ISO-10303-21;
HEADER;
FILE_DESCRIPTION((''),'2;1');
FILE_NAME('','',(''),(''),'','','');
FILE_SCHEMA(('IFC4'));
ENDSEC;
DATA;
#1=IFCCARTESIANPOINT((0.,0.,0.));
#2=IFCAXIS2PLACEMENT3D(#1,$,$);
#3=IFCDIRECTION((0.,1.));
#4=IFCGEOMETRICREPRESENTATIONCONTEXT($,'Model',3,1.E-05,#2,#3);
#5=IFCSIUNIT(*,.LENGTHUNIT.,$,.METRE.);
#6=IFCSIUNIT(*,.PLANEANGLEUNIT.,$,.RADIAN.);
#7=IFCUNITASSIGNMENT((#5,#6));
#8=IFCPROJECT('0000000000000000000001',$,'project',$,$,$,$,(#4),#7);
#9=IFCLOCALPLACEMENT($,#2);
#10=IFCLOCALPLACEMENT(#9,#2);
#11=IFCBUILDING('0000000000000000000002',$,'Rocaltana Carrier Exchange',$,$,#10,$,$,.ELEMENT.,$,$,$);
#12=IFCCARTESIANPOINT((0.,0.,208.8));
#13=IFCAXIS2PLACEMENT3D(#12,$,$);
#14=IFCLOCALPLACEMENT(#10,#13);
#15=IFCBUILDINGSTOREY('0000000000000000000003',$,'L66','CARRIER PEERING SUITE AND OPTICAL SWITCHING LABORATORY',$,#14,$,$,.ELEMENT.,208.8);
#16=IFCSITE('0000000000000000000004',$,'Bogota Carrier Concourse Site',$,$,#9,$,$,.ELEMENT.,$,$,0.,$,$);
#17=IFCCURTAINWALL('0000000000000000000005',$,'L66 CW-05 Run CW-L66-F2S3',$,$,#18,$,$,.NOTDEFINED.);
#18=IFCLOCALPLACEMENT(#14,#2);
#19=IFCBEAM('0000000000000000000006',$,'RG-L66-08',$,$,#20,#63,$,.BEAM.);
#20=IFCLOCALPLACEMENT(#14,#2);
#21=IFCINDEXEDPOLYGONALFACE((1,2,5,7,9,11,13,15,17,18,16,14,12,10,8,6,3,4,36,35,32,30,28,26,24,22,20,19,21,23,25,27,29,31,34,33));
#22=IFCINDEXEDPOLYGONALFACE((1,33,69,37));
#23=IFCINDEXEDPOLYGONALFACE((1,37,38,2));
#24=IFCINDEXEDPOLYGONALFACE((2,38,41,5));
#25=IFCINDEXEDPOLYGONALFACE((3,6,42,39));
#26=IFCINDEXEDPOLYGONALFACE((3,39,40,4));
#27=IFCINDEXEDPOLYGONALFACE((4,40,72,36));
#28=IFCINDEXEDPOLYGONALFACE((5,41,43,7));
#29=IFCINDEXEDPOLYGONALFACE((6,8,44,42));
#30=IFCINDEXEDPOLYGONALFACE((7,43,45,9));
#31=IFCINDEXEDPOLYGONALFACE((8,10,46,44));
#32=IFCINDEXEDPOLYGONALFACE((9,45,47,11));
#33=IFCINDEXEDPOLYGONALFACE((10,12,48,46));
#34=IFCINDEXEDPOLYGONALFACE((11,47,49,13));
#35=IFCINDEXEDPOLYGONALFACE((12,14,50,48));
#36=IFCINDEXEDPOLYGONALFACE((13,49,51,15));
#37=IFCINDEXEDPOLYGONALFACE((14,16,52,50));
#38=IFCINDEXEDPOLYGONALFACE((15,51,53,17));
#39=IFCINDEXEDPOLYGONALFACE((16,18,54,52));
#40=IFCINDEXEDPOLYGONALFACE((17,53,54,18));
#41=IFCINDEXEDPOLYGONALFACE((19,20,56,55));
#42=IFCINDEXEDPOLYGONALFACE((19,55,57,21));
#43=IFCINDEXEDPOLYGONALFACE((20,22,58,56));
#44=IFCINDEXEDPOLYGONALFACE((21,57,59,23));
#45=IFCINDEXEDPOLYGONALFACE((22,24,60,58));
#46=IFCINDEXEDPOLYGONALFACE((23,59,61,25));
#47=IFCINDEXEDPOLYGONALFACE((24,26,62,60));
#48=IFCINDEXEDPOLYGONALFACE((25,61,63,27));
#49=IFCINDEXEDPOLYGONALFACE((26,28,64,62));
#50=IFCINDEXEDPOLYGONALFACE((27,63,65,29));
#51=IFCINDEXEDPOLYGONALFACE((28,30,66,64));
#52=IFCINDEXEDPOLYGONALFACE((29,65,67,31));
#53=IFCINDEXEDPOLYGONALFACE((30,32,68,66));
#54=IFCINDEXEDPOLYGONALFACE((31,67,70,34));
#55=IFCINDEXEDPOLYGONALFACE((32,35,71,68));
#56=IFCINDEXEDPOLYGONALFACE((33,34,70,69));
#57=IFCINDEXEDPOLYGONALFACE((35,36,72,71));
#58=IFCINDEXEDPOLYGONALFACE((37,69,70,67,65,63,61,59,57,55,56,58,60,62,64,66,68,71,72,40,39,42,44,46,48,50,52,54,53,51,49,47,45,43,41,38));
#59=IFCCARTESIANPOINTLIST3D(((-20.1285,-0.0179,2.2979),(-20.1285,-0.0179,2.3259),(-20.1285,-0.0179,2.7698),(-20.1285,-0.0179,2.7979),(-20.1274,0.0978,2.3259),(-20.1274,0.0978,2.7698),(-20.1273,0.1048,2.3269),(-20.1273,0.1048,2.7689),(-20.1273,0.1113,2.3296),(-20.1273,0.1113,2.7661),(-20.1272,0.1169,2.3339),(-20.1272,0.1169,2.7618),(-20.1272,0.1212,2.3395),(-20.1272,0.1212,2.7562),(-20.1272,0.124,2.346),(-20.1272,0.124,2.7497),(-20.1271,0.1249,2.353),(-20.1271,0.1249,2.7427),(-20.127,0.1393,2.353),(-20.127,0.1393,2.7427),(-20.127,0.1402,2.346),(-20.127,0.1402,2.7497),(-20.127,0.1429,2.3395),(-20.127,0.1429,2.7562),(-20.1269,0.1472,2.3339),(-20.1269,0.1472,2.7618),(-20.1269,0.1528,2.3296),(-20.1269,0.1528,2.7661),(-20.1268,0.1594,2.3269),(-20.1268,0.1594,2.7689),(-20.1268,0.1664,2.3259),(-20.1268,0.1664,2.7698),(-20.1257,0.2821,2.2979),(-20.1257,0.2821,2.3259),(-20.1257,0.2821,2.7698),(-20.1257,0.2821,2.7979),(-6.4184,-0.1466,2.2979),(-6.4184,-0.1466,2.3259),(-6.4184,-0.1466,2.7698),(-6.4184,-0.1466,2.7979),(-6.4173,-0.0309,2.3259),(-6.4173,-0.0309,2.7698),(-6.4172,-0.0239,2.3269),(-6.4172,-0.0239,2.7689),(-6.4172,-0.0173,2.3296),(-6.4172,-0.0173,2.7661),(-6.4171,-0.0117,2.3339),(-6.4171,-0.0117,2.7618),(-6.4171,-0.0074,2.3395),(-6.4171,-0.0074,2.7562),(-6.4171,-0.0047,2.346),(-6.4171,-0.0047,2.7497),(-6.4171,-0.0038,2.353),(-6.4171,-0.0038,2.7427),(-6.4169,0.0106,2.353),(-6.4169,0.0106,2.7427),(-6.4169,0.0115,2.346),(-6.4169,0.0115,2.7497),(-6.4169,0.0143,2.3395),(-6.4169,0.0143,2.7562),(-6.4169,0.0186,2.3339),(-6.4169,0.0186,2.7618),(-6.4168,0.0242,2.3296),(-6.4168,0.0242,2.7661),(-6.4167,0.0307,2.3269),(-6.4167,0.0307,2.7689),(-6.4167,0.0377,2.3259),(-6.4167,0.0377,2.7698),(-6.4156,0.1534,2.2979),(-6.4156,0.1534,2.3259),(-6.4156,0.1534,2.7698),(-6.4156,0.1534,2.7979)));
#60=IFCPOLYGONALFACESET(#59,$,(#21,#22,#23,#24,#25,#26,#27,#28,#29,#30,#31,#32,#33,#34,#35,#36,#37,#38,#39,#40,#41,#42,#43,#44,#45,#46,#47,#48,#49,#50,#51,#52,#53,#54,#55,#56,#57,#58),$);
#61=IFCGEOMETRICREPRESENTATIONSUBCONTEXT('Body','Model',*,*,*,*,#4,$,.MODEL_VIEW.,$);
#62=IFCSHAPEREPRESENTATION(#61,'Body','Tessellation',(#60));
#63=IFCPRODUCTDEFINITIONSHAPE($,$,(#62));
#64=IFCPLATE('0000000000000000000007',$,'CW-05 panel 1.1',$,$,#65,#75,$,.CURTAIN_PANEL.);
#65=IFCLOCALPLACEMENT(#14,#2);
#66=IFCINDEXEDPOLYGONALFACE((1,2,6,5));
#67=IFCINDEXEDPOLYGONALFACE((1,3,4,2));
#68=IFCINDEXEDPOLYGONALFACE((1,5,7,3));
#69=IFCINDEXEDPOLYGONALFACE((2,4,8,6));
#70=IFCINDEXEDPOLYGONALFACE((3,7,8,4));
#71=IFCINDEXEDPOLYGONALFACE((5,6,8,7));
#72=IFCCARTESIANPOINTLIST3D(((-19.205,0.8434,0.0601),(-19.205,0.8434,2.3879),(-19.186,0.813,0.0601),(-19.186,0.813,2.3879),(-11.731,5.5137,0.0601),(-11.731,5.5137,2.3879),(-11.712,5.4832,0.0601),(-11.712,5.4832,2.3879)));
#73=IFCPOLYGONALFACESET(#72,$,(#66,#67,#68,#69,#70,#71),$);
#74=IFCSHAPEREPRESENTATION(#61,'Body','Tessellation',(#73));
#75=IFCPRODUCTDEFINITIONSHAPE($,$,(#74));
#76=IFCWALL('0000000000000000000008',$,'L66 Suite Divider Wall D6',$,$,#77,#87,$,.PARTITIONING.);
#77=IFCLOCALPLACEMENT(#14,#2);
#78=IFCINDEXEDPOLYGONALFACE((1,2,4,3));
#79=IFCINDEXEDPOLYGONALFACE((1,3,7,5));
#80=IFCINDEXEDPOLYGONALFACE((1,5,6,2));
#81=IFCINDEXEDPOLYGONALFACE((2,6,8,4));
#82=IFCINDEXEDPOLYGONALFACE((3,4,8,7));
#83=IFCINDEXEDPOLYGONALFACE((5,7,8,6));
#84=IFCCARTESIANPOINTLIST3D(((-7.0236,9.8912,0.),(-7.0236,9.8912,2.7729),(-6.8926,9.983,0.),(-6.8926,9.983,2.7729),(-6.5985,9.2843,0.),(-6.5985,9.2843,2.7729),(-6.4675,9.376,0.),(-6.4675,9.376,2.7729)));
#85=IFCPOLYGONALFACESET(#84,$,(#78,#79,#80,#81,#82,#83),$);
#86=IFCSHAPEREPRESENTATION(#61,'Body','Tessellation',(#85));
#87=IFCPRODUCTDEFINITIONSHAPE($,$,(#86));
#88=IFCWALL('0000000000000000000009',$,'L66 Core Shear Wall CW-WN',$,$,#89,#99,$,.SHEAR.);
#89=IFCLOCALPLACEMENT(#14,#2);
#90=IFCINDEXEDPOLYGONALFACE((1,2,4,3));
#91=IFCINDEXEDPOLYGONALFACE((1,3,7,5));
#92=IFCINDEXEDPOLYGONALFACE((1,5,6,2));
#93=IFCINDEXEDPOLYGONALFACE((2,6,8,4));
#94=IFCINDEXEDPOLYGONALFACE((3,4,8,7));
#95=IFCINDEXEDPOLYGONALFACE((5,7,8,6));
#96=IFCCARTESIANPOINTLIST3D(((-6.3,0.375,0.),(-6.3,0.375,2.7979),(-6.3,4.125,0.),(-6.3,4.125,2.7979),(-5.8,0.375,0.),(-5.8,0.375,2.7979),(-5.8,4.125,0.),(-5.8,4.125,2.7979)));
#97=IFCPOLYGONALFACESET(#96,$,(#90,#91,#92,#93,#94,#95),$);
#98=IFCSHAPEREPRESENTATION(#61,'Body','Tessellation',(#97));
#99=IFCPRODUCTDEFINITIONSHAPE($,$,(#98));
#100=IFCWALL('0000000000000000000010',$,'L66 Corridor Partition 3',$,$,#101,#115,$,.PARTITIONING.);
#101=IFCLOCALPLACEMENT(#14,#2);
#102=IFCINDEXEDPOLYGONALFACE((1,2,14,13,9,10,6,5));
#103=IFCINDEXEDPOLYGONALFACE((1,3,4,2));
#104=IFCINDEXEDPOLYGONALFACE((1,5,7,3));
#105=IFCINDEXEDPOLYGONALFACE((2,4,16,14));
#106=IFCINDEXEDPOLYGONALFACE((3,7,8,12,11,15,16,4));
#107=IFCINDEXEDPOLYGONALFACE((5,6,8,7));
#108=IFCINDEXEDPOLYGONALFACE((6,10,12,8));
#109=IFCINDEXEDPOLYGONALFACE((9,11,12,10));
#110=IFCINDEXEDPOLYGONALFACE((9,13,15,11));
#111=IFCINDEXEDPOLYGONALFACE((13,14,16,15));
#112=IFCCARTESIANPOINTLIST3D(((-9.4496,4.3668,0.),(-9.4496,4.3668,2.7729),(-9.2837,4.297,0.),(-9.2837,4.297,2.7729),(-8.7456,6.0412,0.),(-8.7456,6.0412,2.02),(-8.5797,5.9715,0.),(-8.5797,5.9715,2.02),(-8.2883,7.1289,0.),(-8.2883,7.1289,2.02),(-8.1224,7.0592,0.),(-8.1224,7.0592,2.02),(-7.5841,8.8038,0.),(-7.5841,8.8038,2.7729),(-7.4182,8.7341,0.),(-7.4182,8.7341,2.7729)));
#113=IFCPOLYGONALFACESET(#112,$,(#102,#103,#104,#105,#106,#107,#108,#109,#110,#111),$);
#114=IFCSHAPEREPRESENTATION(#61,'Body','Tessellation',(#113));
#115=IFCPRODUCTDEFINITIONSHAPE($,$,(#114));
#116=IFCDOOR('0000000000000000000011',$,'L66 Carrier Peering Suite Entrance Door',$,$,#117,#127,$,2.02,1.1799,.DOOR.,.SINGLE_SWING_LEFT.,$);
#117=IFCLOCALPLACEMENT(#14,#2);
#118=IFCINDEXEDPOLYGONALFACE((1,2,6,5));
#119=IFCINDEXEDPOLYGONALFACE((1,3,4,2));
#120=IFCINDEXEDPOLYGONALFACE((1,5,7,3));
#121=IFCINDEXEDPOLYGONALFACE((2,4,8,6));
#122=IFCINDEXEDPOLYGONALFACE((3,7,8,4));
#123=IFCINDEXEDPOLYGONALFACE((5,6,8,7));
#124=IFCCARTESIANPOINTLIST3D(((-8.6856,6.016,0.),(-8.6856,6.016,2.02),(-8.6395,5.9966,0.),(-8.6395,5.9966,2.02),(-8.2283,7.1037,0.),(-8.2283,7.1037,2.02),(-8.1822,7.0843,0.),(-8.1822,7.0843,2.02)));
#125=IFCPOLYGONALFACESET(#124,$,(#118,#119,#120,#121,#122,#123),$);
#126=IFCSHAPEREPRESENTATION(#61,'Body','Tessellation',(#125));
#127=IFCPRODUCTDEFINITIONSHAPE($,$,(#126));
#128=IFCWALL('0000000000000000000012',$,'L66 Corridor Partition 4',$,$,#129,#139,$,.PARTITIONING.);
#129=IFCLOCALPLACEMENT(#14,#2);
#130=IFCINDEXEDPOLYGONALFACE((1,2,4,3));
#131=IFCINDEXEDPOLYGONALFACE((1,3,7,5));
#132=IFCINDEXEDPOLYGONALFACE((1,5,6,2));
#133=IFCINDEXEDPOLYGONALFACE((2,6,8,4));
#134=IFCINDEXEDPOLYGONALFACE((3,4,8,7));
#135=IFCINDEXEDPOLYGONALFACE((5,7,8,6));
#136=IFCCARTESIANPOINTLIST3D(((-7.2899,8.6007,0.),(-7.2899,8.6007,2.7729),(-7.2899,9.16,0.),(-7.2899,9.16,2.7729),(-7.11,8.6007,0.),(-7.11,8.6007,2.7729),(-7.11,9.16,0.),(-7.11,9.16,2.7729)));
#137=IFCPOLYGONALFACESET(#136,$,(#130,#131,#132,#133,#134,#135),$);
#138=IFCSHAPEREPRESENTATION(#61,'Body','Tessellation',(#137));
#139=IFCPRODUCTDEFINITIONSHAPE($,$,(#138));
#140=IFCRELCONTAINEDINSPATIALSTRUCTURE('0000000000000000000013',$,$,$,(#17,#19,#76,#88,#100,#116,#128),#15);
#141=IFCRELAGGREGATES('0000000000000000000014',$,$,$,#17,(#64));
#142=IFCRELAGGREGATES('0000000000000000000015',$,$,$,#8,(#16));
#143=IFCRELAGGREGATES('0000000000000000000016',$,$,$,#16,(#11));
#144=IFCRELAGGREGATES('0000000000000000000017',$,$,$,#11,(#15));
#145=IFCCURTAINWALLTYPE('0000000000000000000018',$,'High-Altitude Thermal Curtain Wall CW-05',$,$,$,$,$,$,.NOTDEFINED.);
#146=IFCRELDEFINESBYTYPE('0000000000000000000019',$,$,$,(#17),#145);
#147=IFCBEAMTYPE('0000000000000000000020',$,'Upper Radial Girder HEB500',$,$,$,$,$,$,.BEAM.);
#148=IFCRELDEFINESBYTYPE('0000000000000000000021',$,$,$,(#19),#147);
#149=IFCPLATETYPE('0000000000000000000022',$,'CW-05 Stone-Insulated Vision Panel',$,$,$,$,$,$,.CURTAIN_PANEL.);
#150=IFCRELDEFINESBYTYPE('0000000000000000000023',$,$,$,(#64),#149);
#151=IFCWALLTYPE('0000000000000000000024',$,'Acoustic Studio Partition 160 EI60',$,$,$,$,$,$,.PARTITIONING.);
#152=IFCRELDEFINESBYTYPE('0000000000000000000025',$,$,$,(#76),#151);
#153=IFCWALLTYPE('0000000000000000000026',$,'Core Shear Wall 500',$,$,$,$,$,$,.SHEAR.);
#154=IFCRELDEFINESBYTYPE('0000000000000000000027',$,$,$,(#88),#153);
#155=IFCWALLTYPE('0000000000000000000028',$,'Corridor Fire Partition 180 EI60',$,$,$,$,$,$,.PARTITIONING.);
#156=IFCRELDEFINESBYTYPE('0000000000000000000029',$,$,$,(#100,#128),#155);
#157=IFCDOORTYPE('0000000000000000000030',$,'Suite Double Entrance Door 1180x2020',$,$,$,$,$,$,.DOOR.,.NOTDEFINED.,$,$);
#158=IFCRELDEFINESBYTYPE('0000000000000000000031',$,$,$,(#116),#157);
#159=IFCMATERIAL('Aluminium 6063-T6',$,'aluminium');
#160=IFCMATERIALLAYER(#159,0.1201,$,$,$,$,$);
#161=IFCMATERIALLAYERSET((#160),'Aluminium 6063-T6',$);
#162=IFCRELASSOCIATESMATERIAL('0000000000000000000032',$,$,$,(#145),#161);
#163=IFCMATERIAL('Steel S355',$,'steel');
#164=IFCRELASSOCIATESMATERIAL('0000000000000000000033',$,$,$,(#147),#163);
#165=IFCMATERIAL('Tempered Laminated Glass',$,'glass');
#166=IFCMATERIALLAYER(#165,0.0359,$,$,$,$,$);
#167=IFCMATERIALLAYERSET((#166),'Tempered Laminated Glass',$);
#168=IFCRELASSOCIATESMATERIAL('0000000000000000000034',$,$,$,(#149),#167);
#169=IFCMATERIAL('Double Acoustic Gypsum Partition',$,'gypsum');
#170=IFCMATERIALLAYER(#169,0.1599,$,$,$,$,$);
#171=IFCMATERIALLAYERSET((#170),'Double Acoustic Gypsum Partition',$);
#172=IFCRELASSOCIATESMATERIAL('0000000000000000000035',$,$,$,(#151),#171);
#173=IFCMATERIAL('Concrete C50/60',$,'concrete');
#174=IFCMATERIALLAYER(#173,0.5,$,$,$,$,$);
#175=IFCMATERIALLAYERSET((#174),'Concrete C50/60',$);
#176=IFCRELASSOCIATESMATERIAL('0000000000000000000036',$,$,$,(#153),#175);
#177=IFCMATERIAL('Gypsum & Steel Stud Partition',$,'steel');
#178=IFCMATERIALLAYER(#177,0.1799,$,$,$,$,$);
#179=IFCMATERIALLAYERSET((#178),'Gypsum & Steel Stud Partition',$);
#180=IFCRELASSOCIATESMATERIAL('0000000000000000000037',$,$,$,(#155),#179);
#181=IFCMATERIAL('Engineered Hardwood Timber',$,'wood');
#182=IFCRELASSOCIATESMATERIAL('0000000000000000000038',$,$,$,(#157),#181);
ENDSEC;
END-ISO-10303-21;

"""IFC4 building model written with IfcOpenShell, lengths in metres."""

from ifc_helpers import new_model, si_unit, direction, frame, frame_2d, origin, origin_2d, place, context, subcontext, project, spatial, rectangle, i_section, extrude, material, layer, layer_set, material_profile, profile_set, type_object, element, fill, aggregate, save


model = new_model("IFC4")

# Units and contexts
model_context = context("Model", 3, precision=1e-05, world=origin(), true_north=direction((0.0, 1.0)))
body_context = subcontext(model_context, "Body", "Model", "MODEL_VIEW")
ifc_project = project(units=[si_unit("LENGTHUNIT", "METRE"), si_unit("PLANEANGLEUNIT", "RADIAN")], contexts=[model_context])

# Site, building, storey
site_placement = place(None, origin())
site = spatial("IfcSite", under=ifc_project, at=site_placement, Name="Bogota Carrier Concourse Site", CompositionType="ELEMENT", RefElevation=0.0)
building_placement = place(site_placement, origin())
building = spatial("IfcBuilding", under=site, at=building_placement, Name="Rocaltana Carrier Exchange", CompositionType="ELEMENT")
storey_placement = place(building_placement, frame((0.0, 0.0, 208.8)))
storey = spatial("IfcBuildingStorey", under=building, at=storey_placement, Name="L66", Description="CARRIER PEERING SUITE AND OPTICAL SWITCHING LABORATORY", CompositionType="ELEMENT", Elevation=208.8)

# Shared definitions
ifc_material_1 = material(Name="Aluminium 6063-T6", Category="aluminium")
ifc_layer_1 = layer(ifc_material_1, 0.1201)
ifc_layer_set_1 = layer_set([ifc_layer_1], Name="Aluminium 6063-T6")
curtain_wall_type = type_object("IfcCurtainWallType", Name="High-Altitude Thermal Curtain Wall CW-05", PredefinedType="NOTDEFINED", material=ifc_layer_set_1)

# Curtain wall
curtain_wall_1_placement = place(storey_placement, origin())
curtain_wall_1 = element("IfcCurtainWall", 1, at=curtain_wall_1_placement, inside=storey, type_object=curtain_wall_type, Name="L66 CW-05 Run CW-L66-F2S3", PredefinedType="NOTDEFINED")

# Beam
ifc_material_2 = material(Name="Steel S355", Category="steel")
ifc_material_profile_1 = material_profile(ifc_material_2, i_section(OverallWidth=0.3, OverallDepth=0.5, WebThickness=0.0144, FlangeThickness=0.0281, FilletRadius=0.0271, at=origin_2d()), Name="HEB500")
ifc_profile_set_1 = profile_set([ifc_material_profile_1], Name="Steel S355")
beam_type_1 = type_object("IfcBeamType", Name="Upper Radial Girder HEB500", PredefinedType="BEAM", material=ifc_profile_set_1)
beam_1_placement = place(storey_placement, frame((-6.417, 0.0034, 2.5479), z_axis=(-0.999956, 0.009384, 0.0), x_axis=(-0.009384, -0.999956, 0.0)))
element("IfcBeam", 2, at=beam_1_placement, inside=storey, type_object=beam_type_1, Name="RG-L66-08", PredefinedType="BEAM", context=body_context, shape_type="SweptSolid", body=[
    extrude(i_section(OverallWidth=0.3, OverallDepth=0.5, WebThickness=0.0144, FlangeThickness=0.0281, FilletRadius=0.0271, at=origin_2d()), origin(), (0.0, 0.0, 1.0), 13.7107),
])

# Plate
ifc_material_3 = material(Name="Tempered Laminated Glass", Category="glass")
ifc_layer_2 = layer(ifc_material_3, 0.0359)
ifc_layer_set_2 = layer_set([ifc_layer_2], Name="Tempered Laminated Glass")
plate_type = type_object("IfcPlateType", Name="CW-05 Stone-Insulated Vision Panel", PredefinedType="CURTAIN_PANEL", material=ifc_layer_set_2)
plate_placement = place(storey_placement, frame((-15.4585, 3.1633, 0.0601), z_axis=(0.0, 0.0, 1.0), x_axis=(-0.84805, -0.529915, 0.0)))
plate = element("IfcPlate", 3, at=plate_placement, type_object=plate_type, Name="CW-05 panel 1.1", PredefinedType="CURTAIN_PANEL", context=body_context, shape_type="SweptSolid", body=[
    extrude(rectangle(XDim=8.8132, YDim=0.0359, at=origin_2d()), origin(), (0.0, 0.0, 1.0), 2.3279),
])
aggregate(curtain_wall_1, [plate])

# Walls
ifc_material_4 = material(Name="Double Acoustic Gypsum Partition", Category="gypsum")
ifc_layer_3 = layer(ifc_material_4, 0.1599)
ifc_layer_set_3 = layer_set([ifc_layer_3], Name="Double Acoustic Gypsum Partition")
wall_type_1 = type_object("IfcWallType", Name="Acoustic Studio Partition 160 EI60", PredefinedType="PARTITIONING", material=ifc_layer_set_3)
wall_1_placement = place(storey_placement, frame((-6.533, 9.3301, 0.0), z_axis=(0.0, 0.0, 1.0), x_axis=(-0.573639, 0.819108, 0.0)))
element("IfcWall", 4, at=wall_1_placement, inside=storey, type_object=wall_type_1, Name="L66 Suite Divider Wall D6", PredefinedType="PARTITIONING", context=body_context, shape_type="SweptSolid", body=[
    extrude(rectangle(XDim=0.741, YDim=0.1599, at=frame_2d((0.3706, 0.0))), origin(), (0.0, 0.0, 1.0), 2.7729),
])
ifc_material_5 = material(Name="Concrete C50/60", Category="concrete")
ifc_layer_4 = layer(ifc_material_5, 0.5)
ifc_layer_set_4 = layer_set([ifc_layer_4], Name="Concrete C50/60")
wall_type_2 = type_object("IfcWallType", Name="Core Shear Wall 500", PredefinedType="SHEAR", material=ifc_layer_set_4)
wall_2_placement = place(storey_placement, frame((-6.05, 0.375, 0.0), z_axis=(0.0, 0.0, 1.0), x_axis=(0.0, 1.0, 0.0)))
element("IfcWall", 5, at=wall_2_placement, inside=storey, type_object=wall_type_2, Name="L66 Core Shear Wall CW-WN", PredefinedType="SHEAR", context=body_context, shape_type="SweptSolid", body=[
    extrude(rectangle(XDim=3.75, YDim=0.5, at=frame_2d((1.875, 0.0))), origin(), (0.0, 0.0, 1.0), 2.7979),
])

# Wall, opening, door
ifc_material_6 = material(Name="Gypsum & Steel Stud Partition", Category="steel")
ifc_layer_5 = layer(ifc_material_6, 0.1799)
ifc_layer_set_5 = layer_set([ifc_layer_5], Name="Gypsum & Steel Stud Partition")
wall_type_3 = type_object("IfcWallType", Name="Corridor Fire Partition 180 EI60", PredefinedType="PARTITIONING", material=ifc_layer_set_5)
wall_3_placement = place(storey_placement, frame((-9.3667, 4.3318, 0.0), z_axis=(0.0, 0.0, 1.0), x_axis=(0.387574, 0.921839, 0.0)))
wall_3 = element("IfcWall", 6, at=wall_3_placement, inside=storey, type_object=wall_type_3, Name="L66 Corridor Partition 3", PredefinedType="PARTITIONING", context=body_context, shape_type="SweptSolid", body=[
    extrude(rectangle(XDim=4.8132, YDim=0.1799, at=frame_2d((2.4067, 0.0))), origin(), (0.0, 0.0, 1.0), 2.7729),
])
opening_1_placement = place(wall_3_placement, frame((1.8167, 0.0, 0.0)))
opening_1 = element("IfcOpeningElement", 7, at=opening_1_placement, cuts=wall_3, PredefinedType="OPENING", context=body_context, shape_type="SweptSolid", body=[
    extrude(rectangle(XDim=1.1799, YDim=2.02, at=frame_2d((0.5898, 1.01))), frame((0.0, 0.0999, 0.0), z_axis=(0.0, -1.0, 0.0), x_axis=(1.0, 0.0, 0.0)), (0.0, 0.0, 1.0), 0.2),
])
ifc_material_7 = material(Name="Engineered Hardwood Timber", Category="wood")
door_type_1 = type_object("IfcDoorType", Name="Suite Double Entrance Door 1180x2020", OperationType="NOTDEFINED", PredefinedType="DOOR", material=ifc_material_7)
door_1_placement = place(opening_1_placement, origin())
door_1 = element("IfcDoor", 8, at=door_1_placement, inside=storey, type_object=door_type_1, Name="L66 Carrier Peering Suite Entrance Door", OperationType="SINGLE_SWING_LEFT", OverallHeight=2.02, OverallWidth=1.1799, PredefinedType="DOOR", context=body_context, shape_type="SweptSolid", body=[
    extrude(rectangle(XDim=1.1799, YDim=2.02, at=frame_2d((0.5898, 1.01))), frame((0.0, 0.0249, 0.0), z_axis=(0.0, -1.0, 0.0), x_axis=(1.0, 0.0, 0.0)), (0.0, 0.0, 1.0), 0.05),
])
fill(opening_1, door_1)

# Wall
wall_4_placement = place(storey_placement, frame((-7.2, 8.6006, 0.0), z_axis=(0.0, 0.0, 1.0), x_axis=(0.0, 1.0, 0.0)))
element("IfcWall", 9, at=wall_4_placement, inside=storey, type_object=wall_type_3, Name="L66 Corridor Partition 4", PredefinedType="PARTITIONING", context=body_context, shape_type="SweptSolid", body=[
    extrude(rectangle(XDim=0.5593, YDim=0.1799, at=frame_2d((0.2798, 0.0))), origin(), (0.0, 0.0, 1.0), 2.7729),
])

save(model, "model.ifc")
